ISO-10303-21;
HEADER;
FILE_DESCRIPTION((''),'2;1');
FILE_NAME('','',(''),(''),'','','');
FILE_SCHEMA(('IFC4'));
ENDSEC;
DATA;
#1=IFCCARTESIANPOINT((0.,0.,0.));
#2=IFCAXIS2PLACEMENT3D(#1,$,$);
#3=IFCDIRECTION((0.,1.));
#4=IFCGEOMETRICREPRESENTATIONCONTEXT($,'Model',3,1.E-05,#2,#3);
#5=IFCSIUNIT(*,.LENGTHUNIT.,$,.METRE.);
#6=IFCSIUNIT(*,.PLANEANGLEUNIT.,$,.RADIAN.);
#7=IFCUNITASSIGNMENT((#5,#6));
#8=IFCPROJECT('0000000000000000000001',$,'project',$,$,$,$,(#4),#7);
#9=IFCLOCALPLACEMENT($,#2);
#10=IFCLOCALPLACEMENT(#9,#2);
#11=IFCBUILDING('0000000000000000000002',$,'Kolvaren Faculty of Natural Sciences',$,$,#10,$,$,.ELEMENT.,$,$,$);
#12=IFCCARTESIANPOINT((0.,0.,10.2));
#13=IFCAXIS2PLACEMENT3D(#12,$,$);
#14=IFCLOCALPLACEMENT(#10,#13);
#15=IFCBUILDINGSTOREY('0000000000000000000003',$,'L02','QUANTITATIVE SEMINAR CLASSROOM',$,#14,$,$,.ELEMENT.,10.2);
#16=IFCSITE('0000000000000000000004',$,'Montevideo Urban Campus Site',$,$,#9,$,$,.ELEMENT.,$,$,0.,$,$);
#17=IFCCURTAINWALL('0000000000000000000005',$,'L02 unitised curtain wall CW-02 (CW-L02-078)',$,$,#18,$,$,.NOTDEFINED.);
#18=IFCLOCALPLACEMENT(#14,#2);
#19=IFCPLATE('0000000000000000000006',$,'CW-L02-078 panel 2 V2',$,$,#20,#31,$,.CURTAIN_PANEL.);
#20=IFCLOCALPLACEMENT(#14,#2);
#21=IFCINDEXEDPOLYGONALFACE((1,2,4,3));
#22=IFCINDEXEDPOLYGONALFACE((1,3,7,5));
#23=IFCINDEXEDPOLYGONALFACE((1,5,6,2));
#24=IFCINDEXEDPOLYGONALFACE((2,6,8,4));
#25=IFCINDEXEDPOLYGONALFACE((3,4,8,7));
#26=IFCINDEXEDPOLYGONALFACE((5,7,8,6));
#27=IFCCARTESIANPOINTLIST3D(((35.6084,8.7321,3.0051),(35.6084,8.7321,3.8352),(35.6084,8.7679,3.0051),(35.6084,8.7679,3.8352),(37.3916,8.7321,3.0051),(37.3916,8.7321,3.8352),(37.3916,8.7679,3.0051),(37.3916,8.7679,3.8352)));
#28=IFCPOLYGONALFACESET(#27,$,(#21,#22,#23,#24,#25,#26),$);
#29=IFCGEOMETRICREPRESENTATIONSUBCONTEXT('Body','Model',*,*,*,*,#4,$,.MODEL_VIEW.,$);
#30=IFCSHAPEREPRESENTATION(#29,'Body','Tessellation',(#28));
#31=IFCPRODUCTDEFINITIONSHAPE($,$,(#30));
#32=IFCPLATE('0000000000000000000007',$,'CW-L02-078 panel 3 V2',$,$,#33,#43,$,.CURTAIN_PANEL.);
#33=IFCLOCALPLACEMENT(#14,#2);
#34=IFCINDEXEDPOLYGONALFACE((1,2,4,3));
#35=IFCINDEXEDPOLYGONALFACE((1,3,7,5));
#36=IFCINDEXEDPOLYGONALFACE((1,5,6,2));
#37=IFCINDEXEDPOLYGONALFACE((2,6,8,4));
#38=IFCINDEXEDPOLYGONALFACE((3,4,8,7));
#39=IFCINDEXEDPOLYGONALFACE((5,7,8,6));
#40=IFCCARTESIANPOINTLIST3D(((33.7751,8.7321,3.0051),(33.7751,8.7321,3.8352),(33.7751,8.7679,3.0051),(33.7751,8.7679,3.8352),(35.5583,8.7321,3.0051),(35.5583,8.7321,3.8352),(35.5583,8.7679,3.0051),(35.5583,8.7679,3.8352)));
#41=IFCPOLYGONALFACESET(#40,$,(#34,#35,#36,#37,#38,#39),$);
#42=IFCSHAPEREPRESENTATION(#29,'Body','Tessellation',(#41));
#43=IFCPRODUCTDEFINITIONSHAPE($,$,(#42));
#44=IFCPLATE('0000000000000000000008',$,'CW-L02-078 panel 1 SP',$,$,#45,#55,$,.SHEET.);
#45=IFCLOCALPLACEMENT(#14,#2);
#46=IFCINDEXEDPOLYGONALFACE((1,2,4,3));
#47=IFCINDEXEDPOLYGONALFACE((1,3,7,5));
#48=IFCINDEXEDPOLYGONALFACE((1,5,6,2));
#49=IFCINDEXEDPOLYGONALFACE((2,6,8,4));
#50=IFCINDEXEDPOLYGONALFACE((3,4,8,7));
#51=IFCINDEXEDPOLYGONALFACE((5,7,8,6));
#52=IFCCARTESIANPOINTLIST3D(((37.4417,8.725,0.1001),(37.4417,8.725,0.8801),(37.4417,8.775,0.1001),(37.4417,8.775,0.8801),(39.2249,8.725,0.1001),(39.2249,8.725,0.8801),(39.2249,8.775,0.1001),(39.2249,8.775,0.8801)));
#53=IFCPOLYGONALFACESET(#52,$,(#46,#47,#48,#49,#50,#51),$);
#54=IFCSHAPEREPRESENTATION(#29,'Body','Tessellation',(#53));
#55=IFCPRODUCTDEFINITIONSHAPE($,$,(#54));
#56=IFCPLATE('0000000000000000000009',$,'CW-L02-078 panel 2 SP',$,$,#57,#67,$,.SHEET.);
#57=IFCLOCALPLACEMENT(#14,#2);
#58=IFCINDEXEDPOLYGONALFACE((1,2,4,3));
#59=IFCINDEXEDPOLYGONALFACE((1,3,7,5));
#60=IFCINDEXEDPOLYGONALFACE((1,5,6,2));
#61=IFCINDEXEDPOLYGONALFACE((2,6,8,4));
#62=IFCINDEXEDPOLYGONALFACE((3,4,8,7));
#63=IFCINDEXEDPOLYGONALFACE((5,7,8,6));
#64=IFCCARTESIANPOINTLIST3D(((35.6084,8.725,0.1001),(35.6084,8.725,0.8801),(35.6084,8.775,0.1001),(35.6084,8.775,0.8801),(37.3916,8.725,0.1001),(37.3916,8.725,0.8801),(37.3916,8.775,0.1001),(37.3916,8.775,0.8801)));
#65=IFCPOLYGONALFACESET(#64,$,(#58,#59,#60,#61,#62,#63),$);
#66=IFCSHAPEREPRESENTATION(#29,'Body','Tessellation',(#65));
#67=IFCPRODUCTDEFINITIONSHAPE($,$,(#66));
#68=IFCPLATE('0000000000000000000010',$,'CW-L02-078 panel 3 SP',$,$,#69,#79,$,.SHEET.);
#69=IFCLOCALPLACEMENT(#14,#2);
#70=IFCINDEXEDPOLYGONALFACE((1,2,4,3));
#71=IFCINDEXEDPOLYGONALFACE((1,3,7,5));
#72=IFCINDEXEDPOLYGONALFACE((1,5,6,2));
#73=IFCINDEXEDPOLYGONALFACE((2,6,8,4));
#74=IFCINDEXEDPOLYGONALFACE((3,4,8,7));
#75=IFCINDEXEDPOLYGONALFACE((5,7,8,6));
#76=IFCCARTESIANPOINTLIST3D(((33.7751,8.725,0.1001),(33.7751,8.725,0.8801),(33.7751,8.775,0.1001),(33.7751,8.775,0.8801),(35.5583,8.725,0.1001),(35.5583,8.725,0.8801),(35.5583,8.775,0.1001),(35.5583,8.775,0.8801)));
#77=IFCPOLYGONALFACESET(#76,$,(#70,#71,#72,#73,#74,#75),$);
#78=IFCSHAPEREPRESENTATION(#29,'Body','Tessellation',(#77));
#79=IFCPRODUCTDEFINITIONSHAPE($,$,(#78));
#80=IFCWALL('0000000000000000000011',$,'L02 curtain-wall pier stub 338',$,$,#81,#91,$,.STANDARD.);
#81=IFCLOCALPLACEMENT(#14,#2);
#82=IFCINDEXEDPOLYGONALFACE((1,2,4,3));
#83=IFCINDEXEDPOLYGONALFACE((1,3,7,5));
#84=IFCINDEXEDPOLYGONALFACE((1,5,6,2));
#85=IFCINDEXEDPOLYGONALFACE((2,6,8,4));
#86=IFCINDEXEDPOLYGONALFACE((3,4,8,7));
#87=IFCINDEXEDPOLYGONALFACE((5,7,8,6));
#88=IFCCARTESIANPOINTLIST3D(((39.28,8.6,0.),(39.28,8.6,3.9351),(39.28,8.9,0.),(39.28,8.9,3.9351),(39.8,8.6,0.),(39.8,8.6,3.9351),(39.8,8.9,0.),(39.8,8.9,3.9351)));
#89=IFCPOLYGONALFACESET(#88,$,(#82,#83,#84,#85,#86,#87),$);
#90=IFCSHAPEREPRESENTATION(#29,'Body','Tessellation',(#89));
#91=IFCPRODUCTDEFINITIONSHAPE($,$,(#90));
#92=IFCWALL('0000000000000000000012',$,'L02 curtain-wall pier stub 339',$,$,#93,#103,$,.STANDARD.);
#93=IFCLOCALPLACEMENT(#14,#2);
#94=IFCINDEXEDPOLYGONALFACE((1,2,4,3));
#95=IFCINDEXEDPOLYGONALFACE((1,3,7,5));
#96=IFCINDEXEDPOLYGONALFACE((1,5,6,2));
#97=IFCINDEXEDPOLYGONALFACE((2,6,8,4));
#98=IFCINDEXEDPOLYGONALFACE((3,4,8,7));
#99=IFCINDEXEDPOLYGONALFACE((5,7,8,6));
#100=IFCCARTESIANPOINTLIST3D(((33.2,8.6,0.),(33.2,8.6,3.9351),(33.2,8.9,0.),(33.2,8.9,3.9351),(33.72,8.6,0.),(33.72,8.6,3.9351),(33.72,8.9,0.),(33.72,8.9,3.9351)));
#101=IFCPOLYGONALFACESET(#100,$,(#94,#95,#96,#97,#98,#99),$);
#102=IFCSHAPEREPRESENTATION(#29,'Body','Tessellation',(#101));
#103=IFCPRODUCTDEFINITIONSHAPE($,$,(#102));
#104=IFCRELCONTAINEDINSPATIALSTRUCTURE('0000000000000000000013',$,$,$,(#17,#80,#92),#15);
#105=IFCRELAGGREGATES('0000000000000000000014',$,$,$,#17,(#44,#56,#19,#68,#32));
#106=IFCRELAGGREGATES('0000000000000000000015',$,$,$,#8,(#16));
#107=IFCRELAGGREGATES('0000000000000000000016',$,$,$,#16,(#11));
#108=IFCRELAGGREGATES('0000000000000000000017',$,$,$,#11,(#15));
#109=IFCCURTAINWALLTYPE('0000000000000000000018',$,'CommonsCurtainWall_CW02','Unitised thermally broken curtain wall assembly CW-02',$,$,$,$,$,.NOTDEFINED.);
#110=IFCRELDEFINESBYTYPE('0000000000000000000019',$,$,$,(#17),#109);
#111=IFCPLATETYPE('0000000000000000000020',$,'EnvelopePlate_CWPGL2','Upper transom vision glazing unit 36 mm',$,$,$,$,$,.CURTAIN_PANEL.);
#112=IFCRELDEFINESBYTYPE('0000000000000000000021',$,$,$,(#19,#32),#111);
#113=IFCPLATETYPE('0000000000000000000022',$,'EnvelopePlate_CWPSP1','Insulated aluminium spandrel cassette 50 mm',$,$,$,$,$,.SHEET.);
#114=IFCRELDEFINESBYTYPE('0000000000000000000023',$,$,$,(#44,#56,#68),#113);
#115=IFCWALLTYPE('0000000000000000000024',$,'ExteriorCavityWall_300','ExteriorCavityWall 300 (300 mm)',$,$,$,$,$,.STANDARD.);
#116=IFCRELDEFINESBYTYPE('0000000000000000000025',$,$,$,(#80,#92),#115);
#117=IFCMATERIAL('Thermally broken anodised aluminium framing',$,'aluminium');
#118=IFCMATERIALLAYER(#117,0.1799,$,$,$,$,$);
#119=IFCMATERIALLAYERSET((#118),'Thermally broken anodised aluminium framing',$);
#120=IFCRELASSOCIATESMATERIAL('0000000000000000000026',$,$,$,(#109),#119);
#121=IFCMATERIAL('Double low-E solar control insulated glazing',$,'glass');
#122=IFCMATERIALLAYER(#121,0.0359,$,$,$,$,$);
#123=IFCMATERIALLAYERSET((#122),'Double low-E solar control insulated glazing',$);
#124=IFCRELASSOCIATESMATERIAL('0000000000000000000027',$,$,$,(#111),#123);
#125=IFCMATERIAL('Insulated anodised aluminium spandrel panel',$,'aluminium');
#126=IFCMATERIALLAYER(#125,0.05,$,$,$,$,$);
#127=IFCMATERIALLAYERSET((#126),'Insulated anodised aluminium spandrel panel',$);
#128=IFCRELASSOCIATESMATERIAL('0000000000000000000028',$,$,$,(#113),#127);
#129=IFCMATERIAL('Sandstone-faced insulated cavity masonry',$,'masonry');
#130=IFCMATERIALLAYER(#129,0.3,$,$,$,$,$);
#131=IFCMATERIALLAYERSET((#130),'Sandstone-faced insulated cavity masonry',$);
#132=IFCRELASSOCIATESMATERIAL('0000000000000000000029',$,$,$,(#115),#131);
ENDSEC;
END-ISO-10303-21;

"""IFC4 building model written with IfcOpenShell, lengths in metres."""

from ifc_helpers import new_model, si_unit, direction, frame, frame_2d, origin, origin_2d, place, context, subcontext, project, spatial, rectangle, extrude, material, layer, layer_set, type_object, element, aggregate, save


model = new_model("IFC4")

# Units and contexts
model_context = context("Model", 3, precision=1e-05, world=origin(), true_north=direction((0.0, 1.0)))
body_context = subcontext(model_context, "Body", "Model", "MODEL_VIEW")
ifc_project = project(units=[si_unit("LENGTHUNIT", "METRE"), si_unit("PLANEANGLEUNIT", "RADIAN")], contexts=[model_context])

# Site, building, storey
site_placement = place(None, origin())
site = spatial("IfcSite", under=ifc_project, at=site_placement, Name="Montevideo Urban Campus Site", CompositionType="ELEMENT", RefElevation=0.0)
building_placement = place(site_placement, origin())
building = spatial("IfcBuilding", under=site, at=building_placement, Name="Kolvaren Faculty of Natural Sciences", CompositionType="ELEMENT")
storey_placement = place(building_placement, frame((0.0, 0.0, 10.2)))
storey = spatial("IfcBuildingStorey", under=building, at=storey_placement, Name="L02", Description="QUANTITATIVE SEMINAR CLASSROOM", CompositionType="ELEMENT", Elevation=10.2)

# Curtain wall
ifc_material_1 = material(Name="Thermally broken anodised aluminium framing", Category="aluminium")
ifc_layer_1 = layer(ifc_material_1, 0.1799)
ifc_layer_set_1 = layer_set([ifc_layer_1], Name="Thermally broken anodised aluminium framing")
curtain_wall_type = type_object("IfcCurtainWallType", Name="CommonsCurtainWall_CW02", Description="Unitised thermally broken curtain wall assembly CW-02", PredefinedType="NOTDEFINED", material=ifc_layer_set_1)
curtain_wall_placement = place(storey_placement, origin())
curtain_wall = element("IfcCurtainWall", 1, at=curtain_wall_placement, inside=storey, type_object=curtain_wall_type, Name="L02 unitised curtain wall CW-02 (CW-L02-078)", PredefinedType="NOTDEFINED")

# Plates
ifc_material_2 = material(Name="Double low-E solar control insulated glazing", Category="glass")
ifc_layer_2 = layer(ifc_material_2, 0.0359)
ifc_layer_set_2 = layer_set([ifc_layer_2], Name="Double low-E solar control insulated glazing")
plate_type_1 = type_object("IfcPlateType", Name="EnvelopePlate_CWPGL2", Description="Upper transom vision glazing unit 36 mm", PredefinedType="CURTAIN_PANEL", material=ifc_layer_set_2)
plate_1_placement = place(storey_placement, frame((36.5, 8.75, 3.0051), z_axis=(0.0, 0.0, 1.0), x_axis=(-1.0, 0.0, 0.0)))
plate_1 = element("IfcPlate", 2, at=plate_1_placement, type_object=plate_type_1, Name="CW-L02-078 panel 2 V2", PredefinedType="CURTAIN_PANEL", context=body_context, shape_type="SweptSolid", body=[
    extrude(rectangle(XDim=1.7832, YDim=0.0359, at=origin_2d()), origin(), (0.0, 0.0, 1.0), 0.8301),
])
plate_2_placement = place(storey_placement, frame((34.6667, 8.75, 3.0051), z_axis=(0.0, 0.0, 1.0), x_axis=(-1.0, 0.0, 0.0)))
plate_2 = element("IfcPlate", 3, at=plate_2_placement, type_object=plate_type_1, Name="CW-L02-078 panel 3 V2", PredefinedType="CURTAIN_PANEL", context=body_context, shape_type="SweptSolid", body=[
    extrude(rectangle(XDim=1.7832, YDim=0.0359, at=origin_2d()), origin(), (0.0, 0.0, 1.0), 0.8301),
])
ifc_material_3 = material(Name="Insulated anodised aluminium spandrel panel", Category="aluminium")
ifc_layer_3 = layer(ifc_material_3, 0.05)
ifc_layer_set_3 = layer_set([ifc_layer_3], Name="Insulated anodised aluminium spandrel panel")
plate_type_2 = type_object("IfcPlateType", Name="EnvelopePlate_CWPSP1", Description="Insulated aluminium spandrel cassette 50 mm", PredefinedType="SHEET", material=ifc_layer_set_3)
plate_3_placement = place(storey_placement, frame((38.3333, 8.75, 0.1001), z_axis=(0.0, 0.0, 1.0), x_axis=(-1.0, 0.0, 0.0)))
plate_3 = element("IfcPlate", 4, at=plate_3_placement, type_object=plate_type_2, Name="CW-L02-078 panel 1 SP", PredefinedType="SHEET", context=body_context, shape_type="SweptSolid", body=[
    extrude(rectangle(XDim=1.7832, YDim=0.05, at=origin_2d()), origin(), (0.0, 0.0, 1.0), 0.78),
])
plate_4_placement = place(storey_placement, frame((36.5, 8.75, 0.1001), z_axis=(0.0, 0.0, 1.0), x_axis=(-1.0, 0.0, 0.0)))
plate_4 = element("IfcPlate", 5, at=plate_4_placement, type_object=plate_type_2, Name="CW-L02-078 panel 2 SP", PredefinedType="SHEET", context=body_context, shape_type="SweptSolid", body=[
    extrude(rectangle(XDim=1.7832, YDim=0.05, at=origin_2d()), origin(), (0.0, 0.0, 1.0), 0.78),
])
plate_5_placement = place(storey_placement, frame((34.6667, 8.75, 0.1001), z_axis=(0.0, 0.0, 1.0), x_axis=(-1.0, 0.0, 0.0)))
plate_5 = element("IfcPlate", 6, at=plate_5_placement, type_object=plate_type_2, Name="CW-L02-078 panel 3 SP", PredefinedType="SHEET", context=body_context, shape_type="SweptSolid", body=[
    extrude(rectangle(XDim=1.7832, YDim=0.05, at=origin_2d()), origin(), (0.0, 0.0, 1.0), 0.78),
])
aggregate(curtain_wall, [plate_3, plate_4, plate_1, plate_5, plate_2])

# Walls
ifc_material_4 = material(Name="Sandstone-faced insulated cavity masonry", Category="masonry")
ifc_layer_4 = layer(ifc_material_4, 0.3)
ifc_layer_set_4 = layer_set([ifc_layer_4], Name="Sandstone-faced insulated cavity masonry")
wall_type = type_object("IfcWallType", Name="ExteriorCavityWall_300", Description="ExteriorCavityWall 300 (300 mm)", PredefinedType="STANDARD", material=ifc_layer_set_4)
for number, where, z_axis, x_axis, name in (
    (7, (39.8, 8.75, 0.0), (0.0, 0.0, 1.0), (-1.0, 0.0, 0.0), "L02 curtain-wall pier stub 338"),
    (8, (33.72, 8.75, 0.0), (0.0, 0.0, 1.0), (-1.0, 0.0, 0.0), "L02 curtain-wall pier stub 339"),
):
    element("IfcWall", number, at=place(storey_placement, frame(where, z_axis=z_axis, x_axis=x_axis)), inside=storey, type_object=wall_type, Name=name, PredefinedType="STANDARD", context=body_context, shape_type="SweptSolid", body=[
        extrude(rectangle(XDim=0.52, YDim=0.3, at=frame_2d((0.26, 0.0))), origin(), (0.0, 0.0, 1.0), 3.9351),
    ])

save(model, "model.ifc")
